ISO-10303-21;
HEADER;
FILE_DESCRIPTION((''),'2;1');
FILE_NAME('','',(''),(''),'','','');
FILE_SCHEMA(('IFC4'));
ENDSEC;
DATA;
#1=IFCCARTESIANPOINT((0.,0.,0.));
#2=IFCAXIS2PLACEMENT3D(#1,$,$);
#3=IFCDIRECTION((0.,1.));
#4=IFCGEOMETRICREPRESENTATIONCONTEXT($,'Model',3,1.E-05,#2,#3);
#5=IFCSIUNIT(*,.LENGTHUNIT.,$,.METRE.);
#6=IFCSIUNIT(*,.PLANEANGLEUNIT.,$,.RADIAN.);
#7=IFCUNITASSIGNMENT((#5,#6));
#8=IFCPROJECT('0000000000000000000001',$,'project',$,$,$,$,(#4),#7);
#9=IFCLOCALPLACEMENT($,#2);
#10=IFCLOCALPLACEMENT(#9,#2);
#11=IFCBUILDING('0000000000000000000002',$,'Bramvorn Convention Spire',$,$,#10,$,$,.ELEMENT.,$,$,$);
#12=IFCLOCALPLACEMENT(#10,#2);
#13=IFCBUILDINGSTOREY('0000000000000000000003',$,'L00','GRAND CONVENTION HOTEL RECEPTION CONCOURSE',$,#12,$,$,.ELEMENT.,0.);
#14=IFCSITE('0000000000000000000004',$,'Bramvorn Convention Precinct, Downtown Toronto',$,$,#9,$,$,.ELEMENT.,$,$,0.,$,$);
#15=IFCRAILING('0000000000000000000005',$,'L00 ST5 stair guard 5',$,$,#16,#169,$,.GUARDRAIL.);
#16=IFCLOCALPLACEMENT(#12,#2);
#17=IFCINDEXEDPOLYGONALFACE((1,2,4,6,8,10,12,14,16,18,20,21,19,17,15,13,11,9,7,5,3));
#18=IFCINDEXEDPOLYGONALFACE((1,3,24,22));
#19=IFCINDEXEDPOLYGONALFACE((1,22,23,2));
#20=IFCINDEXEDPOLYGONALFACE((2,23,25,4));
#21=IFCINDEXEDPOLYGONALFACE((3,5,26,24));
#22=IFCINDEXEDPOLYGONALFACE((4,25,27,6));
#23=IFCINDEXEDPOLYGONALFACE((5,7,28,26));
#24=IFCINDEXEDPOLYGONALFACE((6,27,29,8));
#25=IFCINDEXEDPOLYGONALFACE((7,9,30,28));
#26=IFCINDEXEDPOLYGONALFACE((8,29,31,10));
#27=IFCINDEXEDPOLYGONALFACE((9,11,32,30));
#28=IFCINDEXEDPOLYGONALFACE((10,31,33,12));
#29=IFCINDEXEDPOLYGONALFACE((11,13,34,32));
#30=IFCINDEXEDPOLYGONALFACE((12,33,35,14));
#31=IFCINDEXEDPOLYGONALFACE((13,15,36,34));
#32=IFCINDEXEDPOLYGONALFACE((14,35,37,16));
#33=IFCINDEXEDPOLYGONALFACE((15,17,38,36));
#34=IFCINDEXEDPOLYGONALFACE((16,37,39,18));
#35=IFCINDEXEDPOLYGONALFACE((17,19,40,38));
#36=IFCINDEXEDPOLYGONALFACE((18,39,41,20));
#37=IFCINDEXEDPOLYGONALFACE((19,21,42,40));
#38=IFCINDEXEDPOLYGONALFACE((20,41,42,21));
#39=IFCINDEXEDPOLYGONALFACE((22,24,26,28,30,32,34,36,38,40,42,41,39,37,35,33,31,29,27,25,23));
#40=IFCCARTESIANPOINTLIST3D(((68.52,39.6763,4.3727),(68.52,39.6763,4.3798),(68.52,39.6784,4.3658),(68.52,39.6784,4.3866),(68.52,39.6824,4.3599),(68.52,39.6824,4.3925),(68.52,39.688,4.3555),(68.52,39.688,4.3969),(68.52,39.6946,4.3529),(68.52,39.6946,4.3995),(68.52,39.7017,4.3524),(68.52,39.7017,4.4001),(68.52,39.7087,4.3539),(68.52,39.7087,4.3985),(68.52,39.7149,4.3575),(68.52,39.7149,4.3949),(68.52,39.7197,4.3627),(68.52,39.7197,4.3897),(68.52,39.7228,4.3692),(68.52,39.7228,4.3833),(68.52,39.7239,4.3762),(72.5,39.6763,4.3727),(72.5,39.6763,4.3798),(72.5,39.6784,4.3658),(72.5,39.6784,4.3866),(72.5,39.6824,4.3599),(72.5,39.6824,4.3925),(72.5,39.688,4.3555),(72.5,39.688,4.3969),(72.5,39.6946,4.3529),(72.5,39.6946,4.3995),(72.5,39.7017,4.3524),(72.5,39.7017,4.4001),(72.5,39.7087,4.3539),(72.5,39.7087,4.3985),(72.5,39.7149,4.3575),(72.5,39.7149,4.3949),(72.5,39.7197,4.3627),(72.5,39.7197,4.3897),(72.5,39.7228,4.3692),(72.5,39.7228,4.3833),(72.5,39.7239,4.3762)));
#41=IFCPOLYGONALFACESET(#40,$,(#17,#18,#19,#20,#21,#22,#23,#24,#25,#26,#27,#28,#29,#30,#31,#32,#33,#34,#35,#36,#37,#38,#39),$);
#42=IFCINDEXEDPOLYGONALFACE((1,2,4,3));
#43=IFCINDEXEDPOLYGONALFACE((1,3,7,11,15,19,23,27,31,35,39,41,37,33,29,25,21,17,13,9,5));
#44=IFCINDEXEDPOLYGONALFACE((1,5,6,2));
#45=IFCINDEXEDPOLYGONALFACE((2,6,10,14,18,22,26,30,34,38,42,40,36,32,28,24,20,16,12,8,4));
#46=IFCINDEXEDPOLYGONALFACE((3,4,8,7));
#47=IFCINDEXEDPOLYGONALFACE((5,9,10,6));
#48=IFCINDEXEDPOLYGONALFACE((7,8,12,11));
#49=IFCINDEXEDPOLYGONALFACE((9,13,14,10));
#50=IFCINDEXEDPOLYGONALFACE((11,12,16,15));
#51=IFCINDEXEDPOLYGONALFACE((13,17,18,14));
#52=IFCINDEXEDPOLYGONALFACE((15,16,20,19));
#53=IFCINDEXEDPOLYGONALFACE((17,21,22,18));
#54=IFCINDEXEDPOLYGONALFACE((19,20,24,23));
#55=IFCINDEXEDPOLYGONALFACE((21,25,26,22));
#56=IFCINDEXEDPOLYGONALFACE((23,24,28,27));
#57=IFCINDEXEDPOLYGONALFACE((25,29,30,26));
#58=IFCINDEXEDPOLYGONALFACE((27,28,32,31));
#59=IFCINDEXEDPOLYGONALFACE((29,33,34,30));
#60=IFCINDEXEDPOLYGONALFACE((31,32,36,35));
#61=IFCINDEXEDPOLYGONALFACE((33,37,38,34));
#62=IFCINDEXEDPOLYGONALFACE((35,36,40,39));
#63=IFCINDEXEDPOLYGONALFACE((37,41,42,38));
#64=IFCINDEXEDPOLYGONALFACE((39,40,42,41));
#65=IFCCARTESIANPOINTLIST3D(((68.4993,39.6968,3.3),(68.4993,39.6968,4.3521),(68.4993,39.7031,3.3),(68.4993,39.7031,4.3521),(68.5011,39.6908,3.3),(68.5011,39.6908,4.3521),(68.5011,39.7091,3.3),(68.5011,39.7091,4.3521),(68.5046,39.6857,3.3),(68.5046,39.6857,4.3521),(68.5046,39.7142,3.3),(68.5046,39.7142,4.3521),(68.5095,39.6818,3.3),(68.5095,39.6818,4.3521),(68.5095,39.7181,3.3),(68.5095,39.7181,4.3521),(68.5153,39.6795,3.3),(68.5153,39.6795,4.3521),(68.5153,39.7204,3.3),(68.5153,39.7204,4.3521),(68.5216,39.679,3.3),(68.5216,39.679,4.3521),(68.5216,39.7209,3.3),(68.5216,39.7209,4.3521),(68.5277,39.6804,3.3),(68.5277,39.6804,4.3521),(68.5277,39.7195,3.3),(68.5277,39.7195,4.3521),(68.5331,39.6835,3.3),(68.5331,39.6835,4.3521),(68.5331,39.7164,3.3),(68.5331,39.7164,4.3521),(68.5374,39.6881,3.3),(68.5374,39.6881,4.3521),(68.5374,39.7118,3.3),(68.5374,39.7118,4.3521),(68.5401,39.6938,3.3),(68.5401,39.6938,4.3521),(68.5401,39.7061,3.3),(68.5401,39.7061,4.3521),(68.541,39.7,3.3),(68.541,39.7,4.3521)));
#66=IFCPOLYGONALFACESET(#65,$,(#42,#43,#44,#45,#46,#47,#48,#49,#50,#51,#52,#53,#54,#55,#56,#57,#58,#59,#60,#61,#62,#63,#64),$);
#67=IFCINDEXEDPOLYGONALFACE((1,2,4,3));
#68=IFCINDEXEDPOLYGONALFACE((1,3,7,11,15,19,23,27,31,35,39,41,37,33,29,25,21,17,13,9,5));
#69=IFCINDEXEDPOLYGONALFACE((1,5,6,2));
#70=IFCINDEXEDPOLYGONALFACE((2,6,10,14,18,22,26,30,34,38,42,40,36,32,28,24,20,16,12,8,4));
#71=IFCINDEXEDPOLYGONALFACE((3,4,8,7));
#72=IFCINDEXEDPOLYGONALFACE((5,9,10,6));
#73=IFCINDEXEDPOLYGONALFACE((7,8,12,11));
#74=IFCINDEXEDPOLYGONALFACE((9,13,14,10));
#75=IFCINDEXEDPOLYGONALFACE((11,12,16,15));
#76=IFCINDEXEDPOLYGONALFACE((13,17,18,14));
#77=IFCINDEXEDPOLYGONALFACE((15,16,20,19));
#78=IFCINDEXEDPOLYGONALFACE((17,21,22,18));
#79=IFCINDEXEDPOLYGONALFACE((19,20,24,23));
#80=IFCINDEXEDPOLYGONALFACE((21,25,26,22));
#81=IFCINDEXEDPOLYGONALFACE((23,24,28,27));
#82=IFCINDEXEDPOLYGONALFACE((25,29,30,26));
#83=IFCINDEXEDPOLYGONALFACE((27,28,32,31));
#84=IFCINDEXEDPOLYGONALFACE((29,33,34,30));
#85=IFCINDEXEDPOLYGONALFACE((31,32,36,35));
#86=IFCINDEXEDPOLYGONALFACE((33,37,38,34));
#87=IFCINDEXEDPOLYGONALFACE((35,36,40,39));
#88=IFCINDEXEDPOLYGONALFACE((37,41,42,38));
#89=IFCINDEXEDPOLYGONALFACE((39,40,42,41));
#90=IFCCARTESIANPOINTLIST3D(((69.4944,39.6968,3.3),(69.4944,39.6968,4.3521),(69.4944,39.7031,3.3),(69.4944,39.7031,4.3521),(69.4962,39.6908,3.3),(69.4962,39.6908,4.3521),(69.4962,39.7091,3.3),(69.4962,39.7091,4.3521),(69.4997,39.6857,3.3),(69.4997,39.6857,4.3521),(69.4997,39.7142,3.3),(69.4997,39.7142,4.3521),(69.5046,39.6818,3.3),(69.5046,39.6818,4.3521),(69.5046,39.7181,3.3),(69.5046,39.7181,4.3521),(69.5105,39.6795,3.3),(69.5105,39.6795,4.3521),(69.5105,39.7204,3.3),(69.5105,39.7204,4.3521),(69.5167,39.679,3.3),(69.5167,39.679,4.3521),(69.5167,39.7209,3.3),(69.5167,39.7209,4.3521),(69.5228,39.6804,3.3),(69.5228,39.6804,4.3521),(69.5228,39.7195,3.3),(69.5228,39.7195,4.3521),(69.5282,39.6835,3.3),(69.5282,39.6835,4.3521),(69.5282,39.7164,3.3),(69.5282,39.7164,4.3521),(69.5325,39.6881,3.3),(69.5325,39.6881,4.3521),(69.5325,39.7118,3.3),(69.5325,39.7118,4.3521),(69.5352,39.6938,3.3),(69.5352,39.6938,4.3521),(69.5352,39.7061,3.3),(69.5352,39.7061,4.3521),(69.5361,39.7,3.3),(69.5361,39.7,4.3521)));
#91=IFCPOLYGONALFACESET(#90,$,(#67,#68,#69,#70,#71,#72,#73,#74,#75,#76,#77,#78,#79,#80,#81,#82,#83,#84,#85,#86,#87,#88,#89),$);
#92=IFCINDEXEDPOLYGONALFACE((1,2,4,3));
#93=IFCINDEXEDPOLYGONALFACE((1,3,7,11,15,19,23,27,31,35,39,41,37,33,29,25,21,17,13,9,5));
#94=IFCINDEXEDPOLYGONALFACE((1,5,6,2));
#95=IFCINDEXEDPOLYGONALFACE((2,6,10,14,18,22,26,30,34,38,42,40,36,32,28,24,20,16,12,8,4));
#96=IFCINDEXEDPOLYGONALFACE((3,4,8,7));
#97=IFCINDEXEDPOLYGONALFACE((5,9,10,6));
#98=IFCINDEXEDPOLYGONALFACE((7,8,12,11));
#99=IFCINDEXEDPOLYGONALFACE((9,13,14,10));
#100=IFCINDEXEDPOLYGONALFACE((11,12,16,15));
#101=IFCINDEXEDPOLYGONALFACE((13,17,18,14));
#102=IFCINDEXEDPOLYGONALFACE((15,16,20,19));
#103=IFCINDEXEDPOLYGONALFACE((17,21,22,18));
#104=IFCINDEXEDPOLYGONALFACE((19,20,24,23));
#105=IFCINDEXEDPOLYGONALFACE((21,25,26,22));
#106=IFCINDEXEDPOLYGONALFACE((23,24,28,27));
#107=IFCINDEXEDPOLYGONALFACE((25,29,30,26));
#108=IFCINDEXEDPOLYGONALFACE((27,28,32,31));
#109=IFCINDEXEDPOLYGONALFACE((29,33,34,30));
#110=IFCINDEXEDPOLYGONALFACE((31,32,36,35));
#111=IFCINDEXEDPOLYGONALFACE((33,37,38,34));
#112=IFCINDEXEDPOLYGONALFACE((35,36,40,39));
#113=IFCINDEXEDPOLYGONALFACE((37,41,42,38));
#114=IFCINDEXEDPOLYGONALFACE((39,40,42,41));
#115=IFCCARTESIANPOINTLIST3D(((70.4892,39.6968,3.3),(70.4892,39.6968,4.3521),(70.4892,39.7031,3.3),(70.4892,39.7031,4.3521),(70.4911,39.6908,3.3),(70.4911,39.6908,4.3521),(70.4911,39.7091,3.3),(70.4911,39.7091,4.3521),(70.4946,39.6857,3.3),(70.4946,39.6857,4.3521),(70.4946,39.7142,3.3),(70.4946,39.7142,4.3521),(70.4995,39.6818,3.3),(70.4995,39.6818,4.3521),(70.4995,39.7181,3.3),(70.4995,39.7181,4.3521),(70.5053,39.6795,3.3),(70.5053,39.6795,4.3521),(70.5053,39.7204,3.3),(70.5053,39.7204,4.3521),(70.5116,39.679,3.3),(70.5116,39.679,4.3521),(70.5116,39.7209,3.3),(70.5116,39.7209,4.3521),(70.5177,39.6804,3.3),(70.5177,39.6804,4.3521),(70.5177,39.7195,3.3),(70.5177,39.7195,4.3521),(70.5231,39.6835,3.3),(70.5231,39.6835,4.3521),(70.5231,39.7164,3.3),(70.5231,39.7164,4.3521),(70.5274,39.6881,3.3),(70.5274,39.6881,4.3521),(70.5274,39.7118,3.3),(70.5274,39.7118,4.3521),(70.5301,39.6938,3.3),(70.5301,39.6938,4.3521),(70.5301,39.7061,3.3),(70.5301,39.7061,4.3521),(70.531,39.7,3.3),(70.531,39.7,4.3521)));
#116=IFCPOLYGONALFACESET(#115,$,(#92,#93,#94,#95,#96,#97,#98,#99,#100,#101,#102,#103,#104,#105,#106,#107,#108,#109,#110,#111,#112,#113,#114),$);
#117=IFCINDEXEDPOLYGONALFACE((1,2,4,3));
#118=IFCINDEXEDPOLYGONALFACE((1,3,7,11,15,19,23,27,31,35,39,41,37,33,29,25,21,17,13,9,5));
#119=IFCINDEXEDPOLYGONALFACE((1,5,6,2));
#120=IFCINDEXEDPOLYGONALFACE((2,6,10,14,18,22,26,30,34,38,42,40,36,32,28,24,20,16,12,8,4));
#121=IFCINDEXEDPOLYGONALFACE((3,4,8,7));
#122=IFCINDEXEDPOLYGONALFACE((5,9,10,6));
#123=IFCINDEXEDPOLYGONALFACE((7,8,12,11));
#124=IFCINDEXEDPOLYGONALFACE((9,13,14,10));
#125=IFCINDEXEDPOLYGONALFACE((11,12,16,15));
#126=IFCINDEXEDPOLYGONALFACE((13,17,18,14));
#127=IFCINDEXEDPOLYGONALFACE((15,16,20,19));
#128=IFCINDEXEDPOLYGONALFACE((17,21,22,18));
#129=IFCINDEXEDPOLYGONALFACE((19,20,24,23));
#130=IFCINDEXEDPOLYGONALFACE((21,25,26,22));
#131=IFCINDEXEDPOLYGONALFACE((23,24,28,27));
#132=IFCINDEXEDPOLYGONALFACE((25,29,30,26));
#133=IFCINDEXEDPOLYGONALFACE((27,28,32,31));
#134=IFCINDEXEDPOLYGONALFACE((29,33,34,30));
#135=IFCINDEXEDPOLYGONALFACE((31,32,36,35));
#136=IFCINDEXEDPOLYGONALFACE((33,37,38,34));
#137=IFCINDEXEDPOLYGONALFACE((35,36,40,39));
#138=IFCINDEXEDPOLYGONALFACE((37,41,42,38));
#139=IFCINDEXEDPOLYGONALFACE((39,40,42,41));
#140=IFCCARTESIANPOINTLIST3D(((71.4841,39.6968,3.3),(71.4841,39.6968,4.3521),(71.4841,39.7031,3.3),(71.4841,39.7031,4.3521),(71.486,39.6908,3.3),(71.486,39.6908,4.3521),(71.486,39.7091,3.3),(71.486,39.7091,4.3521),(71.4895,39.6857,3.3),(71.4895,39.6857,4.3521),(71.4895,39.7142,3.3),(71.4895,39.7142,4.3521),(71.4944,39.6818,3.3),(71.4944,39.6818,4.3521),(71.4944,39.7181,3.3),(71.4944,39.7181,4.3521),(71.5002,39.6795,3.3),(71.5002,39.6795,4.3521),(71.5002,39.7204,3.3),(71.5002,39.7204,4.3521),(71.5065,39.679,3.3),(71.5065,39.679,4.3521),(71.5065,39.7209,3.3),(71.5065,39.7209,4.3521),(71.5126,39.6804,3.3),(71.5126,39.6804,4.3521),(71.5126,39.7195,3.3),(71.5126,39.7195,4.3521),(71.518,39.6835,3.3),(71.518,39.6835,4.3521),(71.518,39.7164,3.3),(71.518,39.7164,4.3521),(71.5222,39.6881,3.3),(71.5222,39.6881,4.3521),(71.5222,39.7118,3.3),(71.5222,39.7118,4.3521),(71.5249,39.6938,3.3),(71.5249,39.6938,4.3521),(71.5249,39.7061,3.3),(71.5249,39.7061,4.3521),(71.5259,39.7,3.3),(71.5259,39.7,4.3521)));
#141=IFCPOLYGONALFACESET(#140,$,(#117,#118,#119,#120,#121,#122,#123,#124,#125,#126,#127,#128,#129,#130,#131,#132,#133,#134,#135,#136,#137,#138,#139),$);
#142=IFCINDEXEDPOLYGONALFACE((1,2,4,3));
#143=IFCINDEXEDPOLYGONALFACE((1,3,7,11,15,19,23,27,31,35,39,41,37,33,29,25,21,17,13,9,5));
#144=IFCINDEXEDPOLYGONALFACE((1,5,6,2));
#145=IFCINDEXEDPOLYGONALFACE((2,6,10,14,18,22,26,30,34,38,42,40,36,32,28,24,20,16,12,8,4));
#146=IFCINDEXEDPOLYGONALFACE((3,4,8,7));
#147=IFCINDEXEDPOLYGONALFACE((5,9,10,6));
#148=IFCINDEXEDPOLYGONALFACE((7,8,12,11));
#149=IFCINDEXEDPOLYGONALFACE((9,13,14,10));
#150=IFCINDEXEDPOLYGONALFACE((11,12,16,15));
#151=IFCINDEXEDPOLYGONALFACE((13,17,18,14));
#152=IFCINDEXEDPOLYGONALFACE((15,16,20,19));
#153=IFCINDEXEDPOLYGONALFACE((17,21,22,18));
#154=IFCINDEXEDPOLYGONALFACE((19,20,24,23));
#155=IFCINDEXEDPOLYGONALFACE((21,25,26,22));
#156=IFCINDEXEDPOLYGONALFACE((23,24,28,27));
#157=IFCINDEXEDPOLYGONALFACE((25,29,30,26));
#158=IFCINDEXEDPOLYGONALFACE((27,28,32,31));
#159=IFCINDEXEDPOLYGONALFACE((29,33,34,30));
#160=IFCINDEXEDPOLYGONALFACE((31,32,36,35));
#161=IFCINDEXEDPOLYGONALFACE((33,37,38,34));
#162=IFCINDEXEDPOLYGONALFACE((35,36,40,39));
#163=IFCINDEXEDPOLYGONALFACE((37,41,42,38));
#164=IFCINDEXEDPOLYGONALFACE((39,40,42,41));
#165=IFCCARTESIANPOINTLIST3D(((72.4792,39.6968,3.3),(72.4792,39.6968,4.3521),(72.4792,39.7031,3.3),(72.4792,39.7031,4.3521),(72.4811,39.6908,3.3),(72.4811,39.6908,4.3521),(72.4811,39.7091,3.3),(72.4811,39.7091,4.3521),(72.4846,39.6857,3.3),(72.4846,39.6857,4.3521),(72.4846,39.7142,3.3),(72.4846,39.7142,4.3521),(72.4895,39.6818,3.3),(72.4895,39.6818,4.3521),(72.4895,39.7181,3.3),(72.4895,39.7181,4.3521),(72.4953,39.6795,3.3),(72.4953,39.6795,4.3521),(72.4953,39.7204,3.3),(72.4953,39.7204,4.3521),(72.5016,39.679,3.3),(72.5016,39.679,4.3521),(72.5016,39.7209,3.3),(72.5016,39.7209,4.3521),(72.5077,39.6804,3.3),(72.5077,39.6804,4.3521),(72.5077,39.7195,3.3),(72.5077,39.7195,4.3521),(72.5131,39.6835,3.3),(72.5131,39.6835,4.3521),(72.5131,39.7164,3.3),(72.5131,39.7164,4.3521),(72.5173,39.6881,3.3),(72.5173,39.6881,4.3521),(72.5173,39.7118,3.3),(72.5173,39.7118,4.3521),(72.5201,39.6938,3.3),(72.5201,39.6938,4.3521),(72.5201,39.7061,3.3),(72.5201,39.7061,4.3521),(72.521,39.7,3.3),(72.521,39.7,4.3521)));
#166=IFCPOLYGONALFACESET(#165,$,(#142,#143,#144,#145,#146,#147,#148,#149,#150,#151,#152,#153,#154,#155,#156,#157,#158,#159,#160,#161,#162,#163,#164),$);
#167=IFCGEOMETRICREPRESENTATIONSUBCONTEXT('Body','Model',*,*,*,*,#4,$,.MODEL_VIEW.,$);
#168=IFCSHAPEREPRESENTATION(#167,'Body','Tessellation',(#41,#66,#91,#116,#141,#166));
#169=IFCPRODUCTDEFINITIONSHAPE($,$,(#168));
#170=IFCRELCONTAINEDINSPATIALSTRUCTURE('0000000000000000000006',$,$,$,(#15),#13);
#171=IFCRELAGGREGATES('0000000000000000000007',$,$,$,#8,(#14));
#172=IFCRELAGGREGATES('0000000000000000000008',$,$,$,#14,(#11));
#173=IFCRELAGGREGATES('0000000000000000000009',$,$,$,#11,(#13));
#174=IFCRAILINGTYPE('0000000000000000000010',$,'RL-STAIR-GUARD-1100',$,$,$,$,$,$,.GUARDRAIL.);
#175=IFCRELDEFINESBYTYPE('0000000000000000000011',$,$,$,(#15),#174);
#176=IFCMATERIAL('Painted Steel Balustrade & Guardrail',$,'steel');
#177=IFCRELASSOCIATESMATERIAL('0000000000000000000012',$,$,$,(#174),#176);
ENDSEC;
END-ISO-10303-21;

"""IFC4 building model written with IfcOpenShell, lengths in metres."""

from ifc_helpers import new_model, si_unit, direction, frame, origin, origin_2d, place, context, subcontext, project, spatial, circle, extrude, material, type_object, element, save


model = new_model("IFC4")

# Units and contexts
model_context = context("Model", 3, precision=1e-05, world=origin(), true_north=direction((0.0, 1.0)))
body_context = subcontext(model_context, "Body", "Model", "MODEL_VIEW")
ifc_project = project(units=[si_unit("LENGTHUNIT", "METRE"), si_unit("PLANEANGLEUNIT", "RADIAN")], contexts=[model_context])

# Site, building, storey
site_placement = place(None, origin())
site = spatial("IfcSite", under=ifc_project, at=site_placement, Name="Bramvorn Convention Precinct, Downtown Toronto", CompositionType="ELEMENT", RefElevation=0.0)
building_placement = place(site_placement, origin())
building = spatial("IfcBuilding", under=site, at=building_placement, Name="Bramvorn Convention Spire", CompositionType="ELEMENT")
storey_placement = place(building_placement, origin())
storey = spatial("IfcBuildingStorey", under=building, at=storey_placement, Name="L00", Description="GRAND CONVENTION HOTEL RECEPTION CONCOURSE", CompositionType="ELEMENT", Elevation=0.0)

# Railing
ifc_material_1 = material(Name="Painted Steel Balustrade & Guardrail", Category="steel")
railing_type_1 = type_object("IfcRailingType", Name="RL-STAIR-GUARD-1100", PredefinedType="GUARDRAIL", material=ifc_material_1)
railing_1_placement = place(storey_placement, frame((68.52, 39.7, 3.3)))
element("IfcRailing", 1, at=railing_1_placement, inside=storey, type_object=railing_type_1, Name="L00 ST5 stair guard 5", PredefinedType="GUARDRAIL", context=body_context, shape_type="SweptSolid", body=[
    extrude(circle(Radius=0.0239, at=origin_2d()), frame((0.0, 0.0, 1.0762), z_axis=(1.0, 0.0, 0.0), x_axis=(0.0, 1.0, 0.0)), (0.0, 0.0, 1.0), 3.98),
    extrude(circle(Radius=0.021, at=origin_2d()), origin(), (0.0, 0.0, 1.0), 1.052),
    extrude(circle(Radius=0.021, at=origin_2d()), frame((0.9951, 0.0, 0.0)), (0.0, 0.0, 1.0), 1.052),
    extrude(circle(Radius=0.021, at=origin_2d()), frame((1.99, 0.0, 0.0)), (0.0, 0.0, 1.0), 1.052),
    extrude(circle(Radius=0.021, at=origin_2d()), frame((2.9849, 0.0, 0.0)), (0.0, 0.0, 1.0), 1.052),
    extrude(circle(Radius=0.021, at=origin_2d()), frame((3.98, 0.0, 0.0)), (0.0, 0.0, 1.0), 1.052),
])

save(model, "model.ifc")
